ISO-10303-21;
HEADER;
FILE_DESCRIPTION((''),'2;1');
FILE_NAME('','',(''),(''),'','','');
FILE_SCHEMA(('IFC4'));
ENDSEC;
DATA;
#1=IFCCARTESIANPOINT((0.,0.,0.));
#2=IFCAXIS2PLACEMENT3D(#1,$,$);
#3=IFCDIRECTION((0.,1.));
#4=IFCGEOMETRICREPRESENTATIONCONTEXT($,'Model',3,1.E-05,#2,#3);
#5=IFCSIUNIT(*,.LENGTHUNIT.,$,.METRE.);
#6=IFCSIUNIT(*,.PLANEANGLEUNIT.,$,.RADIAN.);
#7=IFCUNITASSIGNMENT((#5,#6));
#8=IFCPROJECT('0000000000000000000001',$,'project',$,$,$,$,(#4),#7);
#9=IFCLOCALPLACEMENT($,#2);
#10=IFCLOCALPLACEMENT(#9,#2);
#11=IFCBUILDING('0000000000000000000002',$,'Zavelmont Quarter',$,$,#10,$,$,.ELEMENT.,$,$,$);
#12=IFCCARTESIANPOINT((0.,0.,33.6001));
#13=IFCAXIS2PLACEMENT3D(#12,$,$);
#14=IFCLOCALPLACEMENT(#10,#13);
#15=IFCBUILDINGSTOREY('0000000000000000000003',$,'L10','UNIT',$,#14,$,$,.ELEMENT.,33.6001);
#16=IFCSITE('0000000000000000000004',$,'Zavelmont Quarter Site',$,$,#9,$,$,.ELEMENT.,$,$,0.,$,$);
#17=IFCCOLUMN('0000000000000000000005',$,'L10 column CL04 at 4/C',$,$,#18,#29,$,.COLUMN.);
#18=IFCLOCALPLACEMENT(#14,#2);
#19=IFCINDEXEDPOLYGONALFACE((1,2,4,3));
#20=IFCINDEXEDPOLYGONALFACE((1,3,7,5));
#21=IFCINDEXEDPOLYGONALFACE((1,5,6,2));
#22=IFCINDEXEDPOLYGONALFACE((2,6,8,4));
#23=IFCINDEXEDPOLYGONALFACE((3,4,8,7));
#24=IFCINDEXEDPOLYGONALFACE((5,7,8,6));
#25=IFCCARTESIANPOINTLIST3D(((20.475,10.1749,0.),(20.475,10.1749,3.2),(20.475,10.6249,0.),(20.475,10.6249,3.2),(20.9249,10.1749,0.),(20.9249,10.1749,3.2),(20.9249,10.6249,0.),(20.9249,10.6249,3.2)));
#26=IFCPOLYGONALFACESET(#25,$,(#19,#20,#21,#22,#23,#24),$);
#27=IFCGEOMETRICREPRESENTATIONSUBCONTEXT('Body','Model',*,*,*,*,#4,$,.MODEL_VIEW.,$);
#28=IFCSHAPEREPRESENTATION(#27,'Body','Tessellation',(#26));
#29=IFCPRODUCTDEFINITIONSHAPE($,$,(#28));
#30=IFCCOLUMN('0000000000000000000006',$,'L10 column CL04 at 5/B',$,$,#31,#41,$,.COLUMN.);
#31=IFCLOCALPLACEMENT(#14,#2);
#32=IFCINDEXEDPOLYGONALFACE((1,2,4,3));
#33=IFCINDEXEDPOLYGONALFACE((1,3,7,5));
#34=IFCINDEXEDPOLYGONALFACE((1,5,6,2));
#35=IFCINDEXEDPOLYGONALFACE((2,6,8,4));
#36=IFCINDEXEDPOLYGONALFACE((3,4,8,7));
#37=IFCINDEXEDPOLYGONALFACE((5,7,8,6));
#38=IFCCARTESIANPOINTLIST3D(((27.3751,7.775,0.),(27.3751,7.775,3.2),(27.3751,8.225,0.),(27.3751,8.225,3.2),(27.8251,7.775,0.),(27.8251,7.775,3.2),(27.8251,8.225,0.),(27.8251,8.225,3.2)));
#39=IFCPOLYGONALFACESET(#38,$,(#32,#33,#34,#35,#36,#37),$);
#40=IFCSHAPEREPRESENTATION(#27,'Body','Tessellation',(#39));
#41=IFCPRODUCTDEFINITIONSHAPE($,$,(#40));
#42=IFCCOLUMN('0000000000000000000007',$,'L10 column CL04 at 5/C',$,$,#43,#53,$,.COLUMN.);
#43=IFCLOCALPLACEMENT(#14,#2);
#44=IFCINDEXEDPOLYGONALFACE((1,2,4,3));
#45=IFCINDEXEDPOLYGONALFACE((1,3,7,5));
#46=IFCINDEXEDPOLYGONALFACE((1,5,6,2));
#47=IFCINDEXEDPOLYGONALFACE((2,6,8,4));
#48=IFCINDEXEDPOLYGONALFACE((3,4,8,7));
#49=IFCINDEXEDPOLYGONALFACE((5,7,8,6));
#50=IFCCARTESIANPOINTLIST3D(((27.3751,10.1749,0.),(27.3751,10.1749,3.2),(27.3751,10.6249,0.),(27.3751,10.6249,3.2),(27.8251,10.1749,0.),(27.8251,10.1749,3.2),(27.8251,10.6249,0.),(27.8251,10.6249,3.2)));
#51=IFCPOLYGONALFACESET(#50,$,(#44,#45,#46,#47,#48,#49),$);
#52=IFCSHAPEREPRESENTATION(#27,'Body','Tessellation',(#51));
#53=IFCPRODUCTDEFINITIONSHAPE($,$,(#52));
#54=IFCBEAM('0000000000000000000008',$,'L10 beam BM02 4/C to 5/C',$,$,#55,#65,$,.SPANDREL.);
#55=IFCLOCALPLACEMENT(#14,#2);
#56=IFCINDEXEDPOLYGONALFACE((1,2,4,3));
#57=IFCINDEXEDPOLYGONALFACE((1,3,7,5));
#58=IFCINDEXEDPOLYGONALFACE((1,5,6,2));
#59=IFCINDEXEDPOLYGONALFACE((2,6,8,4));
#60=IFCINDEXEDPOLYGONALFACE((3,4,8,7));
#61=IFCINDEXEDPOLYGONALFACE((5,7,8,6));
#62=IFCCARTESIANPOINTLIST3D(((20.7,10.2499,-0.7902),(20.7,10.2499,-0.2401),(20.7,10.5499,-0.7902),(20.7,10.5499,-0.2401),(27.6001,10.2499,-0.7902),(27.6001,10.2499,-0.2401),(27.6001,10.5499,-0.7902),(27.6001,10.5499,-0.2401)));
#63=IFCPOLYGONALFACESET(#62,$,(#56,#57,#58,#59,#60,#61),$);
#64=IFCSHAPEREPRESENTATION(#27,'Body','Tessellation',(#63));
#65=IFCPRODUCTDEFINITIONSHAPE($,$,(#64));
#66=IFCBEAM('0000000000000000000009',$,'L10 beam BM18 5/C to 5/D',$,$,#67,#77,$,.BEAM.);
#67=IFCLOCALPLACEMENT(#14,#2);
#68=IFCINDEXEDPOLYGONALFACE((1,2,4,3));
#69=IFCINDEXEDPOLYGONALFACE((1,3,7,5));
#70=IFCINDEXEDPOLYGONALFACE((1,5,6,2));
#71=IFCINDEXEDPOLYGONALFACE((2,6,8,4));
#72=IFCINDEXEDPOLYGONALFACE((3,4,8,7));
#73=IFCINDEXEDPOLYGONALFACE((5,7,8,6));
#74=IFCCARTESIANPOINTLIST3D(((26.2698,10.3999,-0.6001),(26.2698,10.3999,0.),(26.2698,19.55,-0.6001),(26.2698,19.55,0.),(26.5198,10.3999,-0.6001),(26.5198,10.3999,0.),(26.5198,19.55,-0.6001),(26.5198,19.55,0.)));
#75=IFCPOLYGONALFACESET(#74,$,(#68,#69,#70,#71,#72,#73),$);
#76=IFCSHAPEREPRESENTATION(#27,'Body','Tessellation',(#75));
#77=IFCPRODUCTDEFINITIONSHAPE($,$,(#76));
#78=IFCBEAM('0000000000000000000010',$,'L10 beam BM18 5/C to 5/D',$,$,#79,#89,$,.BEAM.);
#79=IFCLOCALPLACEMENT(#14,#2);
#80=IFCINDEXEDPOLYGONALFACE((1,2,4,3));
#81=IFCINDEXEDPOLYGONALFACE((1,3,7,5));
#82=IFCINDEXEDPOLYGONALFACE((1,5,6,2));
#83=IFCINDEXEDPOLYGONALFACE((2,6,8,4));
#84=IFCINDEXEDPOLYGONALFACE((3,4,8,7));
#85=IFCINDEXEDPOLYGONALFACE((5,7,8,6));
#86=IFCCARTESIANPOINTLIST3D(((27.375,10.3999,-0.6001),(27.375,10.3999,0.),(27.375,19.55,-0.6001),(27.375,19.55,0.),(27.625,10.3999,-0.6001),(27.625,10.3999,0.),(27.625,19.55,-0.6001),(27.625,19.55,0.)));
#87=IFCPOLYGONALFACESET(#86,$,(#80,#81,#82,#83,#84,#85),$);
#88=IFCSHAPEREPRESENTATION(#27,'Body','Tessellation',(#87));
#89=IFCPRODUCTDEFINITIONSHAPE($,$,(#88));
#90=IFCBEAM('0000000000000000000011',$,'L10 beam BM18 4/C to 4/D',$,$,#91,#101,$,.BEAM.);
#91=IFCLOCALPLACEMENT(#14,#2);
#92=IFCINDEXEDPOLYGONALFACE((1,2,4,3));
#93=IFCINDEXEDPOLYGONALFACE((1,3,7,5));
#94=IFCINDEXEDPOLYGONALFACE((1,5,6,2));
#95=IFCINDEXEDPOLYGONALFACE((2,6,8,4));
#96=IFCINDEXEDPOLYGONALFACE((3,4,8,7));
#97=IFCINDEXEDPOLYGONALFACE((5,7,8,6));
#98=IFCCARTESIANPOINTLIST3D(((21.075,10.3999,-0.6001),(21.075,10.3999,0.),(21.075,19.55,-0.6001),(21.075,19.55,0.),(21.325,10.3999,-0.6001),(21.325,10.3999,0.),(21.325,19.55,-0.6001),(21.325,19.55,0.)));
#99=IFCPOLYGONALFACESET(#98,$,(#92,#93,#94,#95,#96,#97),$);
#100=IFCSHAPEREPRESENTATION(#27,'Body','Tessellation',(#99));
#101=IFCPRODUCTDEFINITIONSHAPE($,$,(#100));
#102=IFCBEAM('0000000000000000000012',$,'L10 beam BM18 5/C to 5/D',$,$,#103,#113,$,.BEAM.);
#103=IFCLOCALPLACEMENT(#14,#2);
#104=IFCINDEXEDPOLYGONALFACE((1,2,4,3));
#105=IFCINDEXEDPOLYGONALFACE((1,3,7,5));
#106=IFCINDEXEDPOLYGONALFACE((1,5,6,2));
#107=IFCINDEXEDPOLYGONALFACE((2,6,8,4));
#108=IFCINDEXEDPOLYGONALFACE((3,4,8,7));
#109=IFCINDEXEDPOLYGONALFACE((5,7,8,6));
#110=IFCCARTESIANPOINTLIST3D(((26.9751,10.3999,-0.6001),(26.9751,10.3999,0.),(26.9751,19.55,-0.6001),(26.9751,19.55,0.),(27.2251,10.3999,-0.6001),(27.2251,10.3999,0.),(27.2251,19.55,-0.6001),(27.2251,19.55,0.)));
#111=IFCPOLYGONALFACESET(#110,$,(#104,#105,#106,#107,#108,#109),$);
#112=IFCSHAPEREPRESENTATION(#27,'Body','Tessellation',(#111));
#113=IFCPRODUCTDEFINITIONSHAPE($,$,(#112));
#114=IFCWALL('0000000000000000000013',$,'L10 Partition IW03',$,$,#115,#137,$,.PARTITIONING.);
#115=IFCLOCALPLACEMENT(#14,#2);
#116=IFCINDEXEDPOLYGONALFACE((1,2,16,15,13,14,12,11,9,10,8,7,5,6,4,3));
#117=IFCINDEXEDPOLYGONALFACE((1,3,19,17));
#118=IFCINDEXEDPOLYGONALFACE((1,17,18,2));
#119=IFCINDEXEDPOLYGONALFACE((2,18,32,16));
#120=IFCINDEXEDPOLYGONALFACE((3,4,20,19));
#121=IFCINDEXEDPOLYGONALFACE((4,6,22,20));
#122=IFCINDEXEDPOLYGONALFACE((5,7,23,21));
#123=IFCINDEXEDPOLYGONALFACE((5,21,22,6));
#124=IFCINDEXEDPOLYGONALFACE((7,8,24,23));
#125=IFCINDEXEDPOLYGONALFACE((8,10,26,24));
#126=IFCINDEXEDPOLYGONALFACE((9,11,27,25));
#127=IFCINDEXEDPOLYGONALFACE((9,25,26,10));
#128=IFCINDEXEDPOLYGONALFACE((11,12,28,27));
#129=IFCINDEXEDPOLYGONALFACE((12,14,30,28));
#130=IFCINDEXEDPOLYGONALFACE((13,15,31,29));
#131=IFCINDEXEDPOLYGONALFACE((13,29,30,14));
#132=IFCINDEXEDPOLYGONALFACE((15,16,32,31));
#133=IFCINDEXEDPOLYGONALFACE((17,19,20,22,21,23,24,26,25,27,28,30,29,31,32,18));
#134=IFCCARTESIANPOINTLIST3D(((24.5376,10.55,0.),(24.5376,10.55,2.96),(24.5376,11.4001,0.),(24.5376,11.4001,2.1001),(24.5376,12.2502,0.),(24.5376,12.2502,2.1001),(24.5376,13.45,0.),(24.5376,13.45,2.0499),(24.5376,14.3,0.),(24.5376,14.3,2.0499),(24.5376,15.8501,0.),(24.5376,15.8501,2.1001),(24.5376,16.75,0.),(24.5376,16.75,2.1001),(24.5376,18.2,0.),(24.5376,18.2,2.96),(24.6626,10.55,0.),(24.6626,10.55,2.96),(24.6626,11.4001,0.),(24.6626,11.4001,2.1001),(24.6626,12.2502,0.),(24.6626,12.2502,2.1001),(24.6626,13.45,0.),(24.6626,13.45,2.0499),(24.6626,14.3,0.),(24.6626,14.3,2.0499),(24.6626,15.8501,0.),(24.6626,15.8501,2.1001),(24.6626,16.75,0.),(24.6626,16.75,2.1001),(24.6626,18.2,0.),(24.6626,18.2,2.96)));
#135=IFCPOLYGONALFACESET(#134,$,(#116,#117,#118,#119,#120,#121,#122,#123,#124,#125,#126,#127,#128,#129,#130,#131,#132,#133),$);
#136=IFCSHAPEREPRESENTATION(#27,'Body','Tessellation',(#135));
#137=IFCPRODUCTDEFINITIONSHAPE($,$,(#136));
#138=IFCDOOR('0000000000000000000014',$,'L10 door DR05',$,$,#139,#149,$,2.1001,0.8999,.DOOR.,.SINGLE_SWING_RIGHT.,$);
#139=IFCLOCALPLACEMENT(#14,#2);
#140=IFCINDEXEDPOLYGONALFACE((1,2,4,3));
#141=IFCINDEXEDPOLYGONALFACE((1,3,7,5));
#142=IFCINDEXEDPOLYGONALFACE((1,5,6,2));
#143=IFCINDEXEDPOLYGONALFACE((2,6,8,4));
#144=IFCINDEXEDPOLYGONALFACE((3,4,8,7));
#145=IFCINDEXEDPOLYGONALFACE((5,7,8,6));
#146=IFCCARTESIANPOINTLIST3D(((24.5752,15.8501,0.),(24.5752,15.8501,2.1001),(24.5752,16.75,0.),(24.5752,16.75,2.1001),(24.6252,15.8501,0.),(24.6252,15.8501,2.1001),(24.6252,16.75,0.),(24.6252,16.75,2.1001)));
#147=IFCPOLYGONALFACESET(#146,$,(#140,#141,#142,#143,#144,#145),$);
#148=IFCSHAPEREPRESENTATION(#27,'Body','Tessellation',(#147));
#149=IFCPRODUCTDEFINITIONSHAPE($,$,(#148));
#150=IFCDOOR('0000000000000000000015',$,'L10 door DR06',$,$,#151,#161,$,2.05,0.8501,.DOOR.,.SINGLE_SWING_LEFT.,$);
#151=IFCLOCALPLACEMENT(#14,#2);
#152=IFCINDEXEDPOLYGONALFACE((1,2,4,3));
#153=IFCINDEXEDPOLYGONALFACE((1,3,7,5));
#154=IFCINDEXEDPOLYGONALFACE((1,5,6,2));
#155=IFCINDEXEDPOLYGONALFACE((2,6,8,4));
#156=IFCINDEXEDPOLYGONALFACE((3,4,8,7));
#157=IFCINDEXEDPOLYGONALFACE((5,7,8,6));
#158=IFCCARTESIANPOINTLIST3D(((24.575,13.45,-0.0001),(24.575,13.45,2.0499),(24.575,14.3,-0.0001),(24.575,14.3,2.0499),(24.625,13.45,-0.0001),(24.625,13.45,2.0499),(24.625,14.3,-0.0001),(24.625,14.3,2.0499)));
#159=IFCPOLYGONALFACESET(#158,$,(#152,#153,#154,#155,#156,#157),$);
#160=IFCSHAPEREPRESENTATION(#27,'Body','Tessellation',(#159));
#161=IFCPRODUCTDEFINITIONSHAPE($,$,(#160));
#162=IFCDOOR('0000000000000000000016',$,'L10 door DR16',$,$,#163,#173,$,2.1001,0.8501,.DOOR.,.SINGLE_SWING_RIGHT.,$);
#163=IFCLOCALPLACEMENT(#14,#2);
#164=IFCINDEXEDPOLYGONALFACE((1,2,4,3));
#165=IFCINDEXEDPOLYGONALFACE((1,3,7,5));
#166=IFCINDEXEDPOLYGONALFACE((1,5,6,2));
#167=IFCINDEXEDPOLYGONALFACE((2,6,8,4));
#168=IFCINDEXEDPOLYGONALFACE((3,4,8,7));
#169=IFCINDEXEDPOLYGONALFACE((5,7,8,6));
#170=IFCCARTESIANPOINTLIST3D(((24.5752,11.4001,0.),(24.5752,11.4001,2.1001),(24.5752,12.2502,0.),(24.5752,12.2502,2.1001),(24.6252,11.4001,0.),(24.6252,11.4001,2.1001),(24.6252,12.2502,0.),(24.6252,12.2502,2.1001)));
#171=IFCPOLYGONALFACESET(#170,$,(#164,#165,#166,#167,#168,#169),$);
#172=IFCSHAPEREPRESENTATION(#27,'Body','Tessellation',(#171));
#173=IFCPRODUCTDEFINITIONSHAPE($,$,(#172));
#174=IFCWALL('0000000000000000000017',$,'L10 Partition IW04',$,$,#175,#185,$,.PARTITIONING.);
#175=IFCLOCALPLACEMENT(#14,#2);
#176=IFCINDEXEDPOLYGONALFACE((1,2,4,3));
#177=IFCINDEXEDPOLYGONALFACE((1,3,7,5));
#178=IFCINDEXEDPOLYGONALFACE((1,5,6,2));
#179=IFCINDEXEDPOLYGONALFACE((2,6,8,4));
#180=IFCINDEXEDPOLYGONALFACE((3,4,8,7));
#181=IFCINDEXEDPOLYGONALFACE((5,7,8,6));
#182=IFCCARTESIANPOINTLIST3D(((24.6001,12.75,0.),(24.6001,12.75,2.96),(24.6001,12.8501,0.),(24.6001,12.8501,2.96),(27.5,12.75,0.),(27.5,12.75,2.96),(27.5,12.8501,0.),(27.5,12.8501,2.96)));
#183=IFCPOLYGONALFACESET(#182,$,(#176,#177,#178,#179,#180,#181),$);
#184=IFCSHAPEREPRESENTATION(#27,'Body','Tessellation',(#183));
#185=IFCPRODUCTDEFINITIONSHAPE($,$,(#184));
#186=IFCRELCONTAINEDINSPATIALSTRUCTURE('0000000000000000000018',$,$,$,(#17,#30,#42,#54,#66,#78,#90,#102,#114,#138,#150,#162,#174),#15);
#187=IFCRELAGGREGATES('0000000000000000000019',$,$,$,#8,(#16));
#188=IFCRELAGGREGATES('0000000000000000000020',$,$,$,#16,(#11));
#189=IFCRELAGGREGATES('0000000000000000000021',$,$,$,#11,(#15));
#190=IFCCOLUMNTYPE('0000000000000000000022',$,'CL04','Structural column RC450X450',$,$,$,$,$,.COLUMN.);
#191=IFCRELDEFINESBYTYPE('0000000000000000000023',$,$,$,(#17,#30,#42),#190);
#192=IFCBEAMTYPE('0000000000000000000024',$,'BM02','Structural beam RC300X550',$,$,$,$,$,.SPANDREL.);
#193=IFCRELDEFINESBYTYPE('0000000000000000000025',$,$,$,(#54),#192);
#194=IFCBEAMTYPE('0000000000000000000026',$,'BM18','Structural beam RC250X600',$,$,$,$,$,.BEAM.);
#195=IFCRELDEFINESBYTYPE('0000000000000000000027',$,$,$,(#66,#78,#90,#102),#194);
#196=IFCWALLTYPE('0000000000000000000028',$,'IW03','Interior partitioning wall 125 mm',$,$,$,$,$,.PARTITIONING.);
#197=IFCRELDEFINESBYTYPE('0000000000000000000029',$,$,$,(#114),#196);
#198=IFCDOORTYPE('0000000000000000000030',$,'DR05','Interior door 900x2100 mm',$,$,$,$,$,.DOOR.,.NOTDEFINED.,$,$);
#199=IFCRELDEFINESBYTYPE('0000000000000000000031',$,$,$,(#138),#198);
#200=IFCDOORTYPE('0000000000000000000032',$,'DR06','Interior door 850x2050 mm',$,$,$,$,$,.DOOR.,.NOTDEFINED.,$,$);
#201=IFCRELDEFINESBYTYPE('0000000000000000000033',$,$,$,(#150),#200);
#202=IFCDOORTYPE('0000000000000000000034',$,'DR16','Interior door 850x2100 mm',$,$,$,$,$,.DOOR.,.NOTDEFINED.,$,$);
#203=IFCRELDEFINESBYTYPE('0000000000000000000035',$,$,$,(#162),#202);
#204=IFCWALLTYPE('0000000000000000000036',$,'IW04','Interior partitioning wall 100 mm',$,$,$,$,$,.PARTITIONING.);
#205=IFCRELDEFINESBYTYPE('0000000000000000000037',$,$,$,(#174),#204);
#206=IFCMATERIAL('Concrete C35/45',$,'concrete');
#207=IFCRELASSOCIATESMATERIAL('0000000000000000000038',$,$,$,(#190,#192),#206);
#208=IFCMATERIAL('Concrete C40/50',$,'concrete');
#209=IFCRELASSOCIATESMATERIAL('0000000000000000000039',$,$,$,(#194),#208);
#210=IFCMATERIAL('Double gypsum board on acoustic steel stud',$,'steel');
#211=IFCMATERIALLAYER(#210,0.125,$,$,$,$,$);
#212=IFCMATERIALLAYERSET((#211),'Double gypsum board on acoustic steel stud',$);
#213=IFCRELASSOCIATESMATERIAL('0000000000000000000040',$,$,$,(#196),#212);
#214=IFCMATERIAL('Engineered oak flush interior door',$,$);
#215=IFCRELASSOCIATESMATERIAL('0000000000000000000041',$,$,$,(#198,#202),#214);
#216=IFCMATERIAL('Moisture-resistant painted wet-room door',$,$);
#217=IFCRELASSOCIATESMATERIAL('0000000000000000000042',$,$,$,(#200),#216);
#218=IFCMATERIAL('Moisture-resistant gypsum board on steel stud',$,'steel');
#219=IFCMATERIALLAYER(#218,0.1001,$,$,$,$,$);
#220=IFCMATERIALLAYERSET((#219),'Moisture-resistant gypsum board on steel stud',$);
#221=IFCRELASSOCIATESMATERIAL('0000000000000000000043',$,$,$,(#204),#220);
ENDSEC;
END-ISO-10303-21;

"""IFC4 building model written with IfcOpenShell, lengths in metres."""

from ifc_helpers import new_model, si_unit, direction, frame, frame_2d, origin, origin_with_axes, origin_2d, place, context, subcontext, project, spatial, rectangle, extrude, material, layer, layer_set, material_profile, profile_set, type_object, element, fill, save


model = new_model("IFC4")

# Units and contexts
model_context = context("Model", 3, precision=1e-05, world=origin(), true_north=direction((0.0, 1.0)))
body_context = subcontext(model_context, "Body", "Model", "MODEL_VIEW")
ifc_project = project(units=[si_unit("LENGTHUNIT", "METRE"), si_unit("PLANEANGLEUNIT", "RADIAN")], contexts=[model_context])

# Site, building, storey
site_placement = place(None, origin())
site = spatial("IfcSite", under=ifc_project, at=site_placement, Name="Zavelmont Quarter Site", CompositionType="ELEMENT", RefElevation=0.0)
building_placement = place(site_placement, origin())
building = spatial("IfcBuilding", under=site, at=building_placement, Name="Zavelmont Quarter", CompositionType="ELEMENT")
storey_placement = place(building_placement, frame((0.0, 0.0, 33.6001)))
storey = spatial("IfcBuildingStorey", under=building, at=storey_placement, Name="L10", Description="UNIT", CompositionType="ELEMENT", Elevation=33.6001)

# Columns
ifc_material_1 = material(Name="Concrete C35/45", Category="concrete")
ifc_material_profile_1 = material_profile(ifc_material_1, rectangle(XDim=0.45, YDim=0.45, at=origin_2d()), Name="RC450X450")
ifc_profile_set_1 = profile_set([ifc_material_profile_1], Name="Concrete C35/45")
column_type = type_object("IfcColumnType", Name="CL04", Description="Structural column RC450X450", PredefinedType="COLUMN", material=ifc_profile_set_1)
for number, where, z_axis, x_axis, name in (
    (1, (20.7, 10.3999, 0.0), (0.0, 0.0, 1.0), (1.0, 0.0, 0.0), "L10 column CL04 at 4/C"),
    (2, (27.6001, 8.0, 0.0), (0.0, 0.0, 1.0), (1.0, 0.0, 0.0), "L10 column CL04 at 5/B"),
    (3, (27.6001, 10.3999, 0.0), (0.0, 0.0, 1.0), (1.0, 0.0, 0.0), "L10 column CL04 at 5/C"),
):
    element("IfcColumn", number, at=place(storey_placement, frame(where, z_axis=z_axis, x_axis=x_axis)), inside=storey, type_object=column_type, Name=name, PredefinedType="COLUMN", context=body_context, shape_type="SweptSolid", body=[
        extrude(rectangle(XDim=0.45, YDim=0.45, at=origin_2d()), origin(), (0.0, 0.0, 1.0), 3.2),
    ])

# Beams
ifc_material_profile_2 = material_profile(ifc_material_1, rectangle(XDim=0.3, YDim=0.55, at=origin_2d()), Name="RC300X550")
ifc_profile_set_2 = profile_set([ifc_material_profile_2], Name="Concrete C35/45")
beam_type_1 = type_object("IfcBeamType", Name="BM02", Description="Structural beam RC300X550", PredefinedType="SPANDREL", material=ifc_profile_set_2)
beam_placement = place(storey_placement, frame((20.7, 10.3999, -0.5151), z_axis=(1.0, 0.0, 0.0), x_axis=(0.0, 1.0, 0.0)))
element("IfcBeam", 4, at=beam_placement, inside=storey, type_object=beam_type_1, Name="L10 beam BM02 4/C to 5/C", PredefinedType="SPANDREL", context=body_context, shape_type="SweptSolid", body=[
    extrude(rectangle(XDim=0.3, YDim=0.55, at=origin_2d()), origin(), (0.0, 0.0, 1.0), 6.9001),
])
ifc_material_2 = material(Name="Concrete C40/50", Category="concrete")
ifc_material_profile_3 = material_profile(ifc_material_2, rectangle(XDim=0.25, YDim=0.6001, at=origin_2d()), Name="RC250X600")
ifc_profile_set_3 = profile_set([ifc_material_profile_3], Name="Concrete C40/50")
beam_type_2 = type_object("IfcBeamType", Name="BM18", Description="Structural beam RC250X600", PredefinedType="BEAM", material=ifc_profile_set_3)
for number, where, z_axis, x_axis, name in (
    (5, (26.3948, 10.3999, -0.3), (0.0, 1.0, 0.0), (-1.0, 0.0, 0.0), "L10 beam BM18 5/C to 5/D"),
    (6, (27.5, 10.3999, -0.3), (0.0, 1.0, 0.0), (-1.0, 0.0, 0.0), "L10 beam BM18 5/C to 5/D"),
    (7, (21.2, 10.3999, -0.3), (0.0, 1.0, 0.0), (-1.0, 0.0, 0.0), "L10 beam BM18 4/C to 4/D"),
    (8, (27.1001, 10.3999, -0.3), (0.0, 1.0, 0.0), (-1.0, 0.0, 0.0), "L10 beam BM18 5/C to 5/D"),
):
    element("IfcBeam", number, at=place(storey_placement, frame(where, z_axis=z_axis, x_axis=x_axis)), inside=storey, type_object=beam_type_2, Name=name, PredefinedType="BEAM", context=body_context, shape_type="SweptSolid", body=[
        extrude(rectangle(XDim=0.25, YDim=0.6001, at=origin_2d()), origin(), (0.0, 0.0, 1.0), 9.1501),
    ])

# Wall, openings, doors
ifc_material_3 = material(Name="Double gypsum board on acoustic steel stud", Category="steel")
ifc_layer_1 = layer(ifc_material_3, 0.125)
ifc_layer_set_1 = layer_set([ifc_layer_1], Name="Double gypsum board on acoustic steel stud")
wall_type_1 = type_object("IfcWallType", Name="IW03", Description="Interior partitioning wall 125 mm", PredefinedType="PARTITIONING", material=ifc_layer_set_1)
wall_1_placement = place(storey_placement, frame((24.6001, 10.55, 0.0), z_axis=(0.0, 0.0, 1.0), x_axis=(0.0, 1.0, 0.0)))
wall_1 = element("IfcWall", 9, at=wall_1_placement, inside=storey, type_object=wall_type_1, Name="L10 Partition IW03", PredefinedType="PARTITIONING", context=body_context, shape_type="SweptSolid", body=[
    extrude(rectangle(XDim=7.6499, YDim=0.125, at=frame_2d((3.825, 0.0))), origin(), (0.0, 0.0, 1.0), 2.96),
])
opening_1_placement = place(wall_1_placement, frame((0.8501, 0.0, 0.0)))
opening_1 = element("IfcOpeningElement", 10, at=opening_1_placement, cuts=wall_1, PredefinedType="OPENING", context=body_context, shape_type="SweptSolid", body=[
    extrude(rectangle(XDim=0.8501, YDim=2.1001, at=frame_2d((0.425, 1.05))), frame((0.0, 0.0745, 0.0), z_axis=(0.0, -1.0, 0.0), x_axis=(1.0, 0.0, 0.0)), (0.0, 0.0, 1.0), 0.1489),
])
opening_2_placement = place(wall_1_placement, frame((2.8999, 0.0, 0.0)))
opening_2 = element("IfcOpeningElement", 11, at=opening_2_placement, cuts=wall_1, PredefinedType="OPENING", context=body_context, shape_type="SweptSolid", body=[
    extrude(rectangle(XDim=0.8501, YDim=2.05, at=frame_2d((0.425, 1.0249))), frame((0.0, 0.0745, 0.0), z_axis=(0.0, -1.0, 0.0), x_axis=(1.0, 0.0, 0.0)), (0.0, 0.0, 1.0), 0.1489),
])
opening_3_placement = place(wall_1_placement, frame((5.3, 0.0, 0.0)))
opening_3 = element("IfcOpeningElement", 12, at=opening_3_placement, cuts=wall_1, PredefinedType="OPENING", context=body_context, shape_type="SweptSolid", body=[
    extrude(rectangle(XDim=0.8999, YDim=2.1001, at=frame_2d((0.45, 1.05))), frame((0.0, 0.0745, 0.0), z_axis=(0.0, -1.0, 0.0), x_axis=(1.0, 0.0, 0.0)), (0.0, 0.0, 1.0), 0.1489),
])
ifc_material_4 = material(Name="Engineered oak flush interior door")
door_type_1 = type_object("IfcDoorType", Name="DR05", Description="Interior door 900x2100 mm", OperationType="NOTDEFINED", PredefinedType="DOOR", material=ifc_material_4)
door_1_placement = place(opening_3_placement, origin_with_axes())
door_1 = element("IfcDoor", 13, at=door_1_placement, inside=storey, type_object=door_type_1, Name="L10 door DR05", OperationType="SINGLE_SWING_RIGHT", OverallHeight=2.1001, OverallWidth=0.8999, PredefinedType="DOOR", context=body_context, shape_type="SweptSolid", body=[
    extrude(rectangle(XDim=0.8999, YDim=2.1001, at=frame_2d((0.45, 1.05))), frame((0.0, 0.0249, 0.0), z_axis=(0.0, -1.0, 0.0), x_axis=(1.0, 0.0, 0.0)), (0.0, 0.0, 1.0), 0.05),
])
fill(opening_3, door_1)
ifc_material_5 = material(Name="Moisture-resistant painted wet-room door")
door_type_2 = type_object("IfcDoorType", Name="DR06", Description="Interior door 850x2050 mm", OperationType="NOTDEFINED", PredefinedType="DOOR", material=ifc_material_5)
door_2_placement = place(opening_2_placement, frame((0.8501, 0.0, 0.0), z_axis=(0.0, 0.0, 1.0), x_axis=(-1.0, 0.0, 0.0)))
door_2 = element("IfcDoor", 14, at=door_2_placement, inside=storey, type_object=door_type_2, Name="L10 door DR06", OperationType="SINGLE_SWING_LEFT", OverallHeight=2.05, OverallWidth=0.8501, PredefinedType="DOOR", context=body_context, shape_type="SweptSolid", body=[
    extrude(rectangle(XDim=0.8501, YDim=2.05, at=frame_2d((0.425, 1.0249))), frame((0.0, 0.0249, 0.0), z_axis=(0.0, -1.0, 0.0), x_axis=(1.0, 0.0, 0.0)), (0.0, 0.0, 1.0), 0.05),
])
fill(opening_2, door_2)
door_type_3 = type_object("IfcDoorType", Name="DR16", Description="Interior door 850x2100 mm", OperationType="NOTDEFINED", PredefinedType="DOOR", material=ifc_material_4)
door_3_placement = place(opening_1_placement, origin_with_axes())
door_3 = element("IfcDoor", 15, at=door_3_placement, inside=storey, type_object=door_type_3, Name="L10 door DR16", OperationType="SINGLE_SWING_RIGHT", OverallHeight=2.1001, OverallWidth=0.8501, PredefinedType="DOOR", context=body_context, shape_type="SweptSolid", body=[
    extrude(rectangle(XDim=0.8501, YDim=2.1001, at=frame_2d((0.425, 1.05))), frame((0.0, 0.0249, 0.0), z_axis=(0.0, -1.0, 0.0), x_axis=(1.0, 0.0, 0.0)), (0.0, 0.0, 1.0), 0.05),
])
fill(opening_1, door_3)

# Wall
ifc_material_6 = material(Name="Moisture-resistant gypsum board on steel stud", Category="steel")
ifc_layer_2 = layer(ifc_material_6, 0.1001)
ifc_layer_set_2 = layer_set([ifc_layer_2], Name="Moisture-resistant gypsum board on steel stud")
wall_type_2 = type_object("IfcWallType", Name="IW04", Description="Interior partitioning wall 100 mm", PredefinedType="PARTITIONING", material=ifc_layer_set_2)
wall_2_placement = place(storey_placement, frame((24.6001, 12.8, 0.0), z_axis=(0.0, 0.0, 1.0), x_axis=(1.0, 0.0, 0.0)))
element("IfcWall", 16, at=wall_2_placement, inside=storey, type_object=wall_type_2, Name="L10 Partition IW04", PredefinedType="PARTITIONING", context=body_context, shape_type="SweptSolid", body=[
    extrude(rectangle(XDim=2.8999, YDim=0.1001, at=frame_2d((1.45, 0.0))), origin(), (0.0, 0.0, 1.0), 2.96),
])

save(model, "model.ifc")
